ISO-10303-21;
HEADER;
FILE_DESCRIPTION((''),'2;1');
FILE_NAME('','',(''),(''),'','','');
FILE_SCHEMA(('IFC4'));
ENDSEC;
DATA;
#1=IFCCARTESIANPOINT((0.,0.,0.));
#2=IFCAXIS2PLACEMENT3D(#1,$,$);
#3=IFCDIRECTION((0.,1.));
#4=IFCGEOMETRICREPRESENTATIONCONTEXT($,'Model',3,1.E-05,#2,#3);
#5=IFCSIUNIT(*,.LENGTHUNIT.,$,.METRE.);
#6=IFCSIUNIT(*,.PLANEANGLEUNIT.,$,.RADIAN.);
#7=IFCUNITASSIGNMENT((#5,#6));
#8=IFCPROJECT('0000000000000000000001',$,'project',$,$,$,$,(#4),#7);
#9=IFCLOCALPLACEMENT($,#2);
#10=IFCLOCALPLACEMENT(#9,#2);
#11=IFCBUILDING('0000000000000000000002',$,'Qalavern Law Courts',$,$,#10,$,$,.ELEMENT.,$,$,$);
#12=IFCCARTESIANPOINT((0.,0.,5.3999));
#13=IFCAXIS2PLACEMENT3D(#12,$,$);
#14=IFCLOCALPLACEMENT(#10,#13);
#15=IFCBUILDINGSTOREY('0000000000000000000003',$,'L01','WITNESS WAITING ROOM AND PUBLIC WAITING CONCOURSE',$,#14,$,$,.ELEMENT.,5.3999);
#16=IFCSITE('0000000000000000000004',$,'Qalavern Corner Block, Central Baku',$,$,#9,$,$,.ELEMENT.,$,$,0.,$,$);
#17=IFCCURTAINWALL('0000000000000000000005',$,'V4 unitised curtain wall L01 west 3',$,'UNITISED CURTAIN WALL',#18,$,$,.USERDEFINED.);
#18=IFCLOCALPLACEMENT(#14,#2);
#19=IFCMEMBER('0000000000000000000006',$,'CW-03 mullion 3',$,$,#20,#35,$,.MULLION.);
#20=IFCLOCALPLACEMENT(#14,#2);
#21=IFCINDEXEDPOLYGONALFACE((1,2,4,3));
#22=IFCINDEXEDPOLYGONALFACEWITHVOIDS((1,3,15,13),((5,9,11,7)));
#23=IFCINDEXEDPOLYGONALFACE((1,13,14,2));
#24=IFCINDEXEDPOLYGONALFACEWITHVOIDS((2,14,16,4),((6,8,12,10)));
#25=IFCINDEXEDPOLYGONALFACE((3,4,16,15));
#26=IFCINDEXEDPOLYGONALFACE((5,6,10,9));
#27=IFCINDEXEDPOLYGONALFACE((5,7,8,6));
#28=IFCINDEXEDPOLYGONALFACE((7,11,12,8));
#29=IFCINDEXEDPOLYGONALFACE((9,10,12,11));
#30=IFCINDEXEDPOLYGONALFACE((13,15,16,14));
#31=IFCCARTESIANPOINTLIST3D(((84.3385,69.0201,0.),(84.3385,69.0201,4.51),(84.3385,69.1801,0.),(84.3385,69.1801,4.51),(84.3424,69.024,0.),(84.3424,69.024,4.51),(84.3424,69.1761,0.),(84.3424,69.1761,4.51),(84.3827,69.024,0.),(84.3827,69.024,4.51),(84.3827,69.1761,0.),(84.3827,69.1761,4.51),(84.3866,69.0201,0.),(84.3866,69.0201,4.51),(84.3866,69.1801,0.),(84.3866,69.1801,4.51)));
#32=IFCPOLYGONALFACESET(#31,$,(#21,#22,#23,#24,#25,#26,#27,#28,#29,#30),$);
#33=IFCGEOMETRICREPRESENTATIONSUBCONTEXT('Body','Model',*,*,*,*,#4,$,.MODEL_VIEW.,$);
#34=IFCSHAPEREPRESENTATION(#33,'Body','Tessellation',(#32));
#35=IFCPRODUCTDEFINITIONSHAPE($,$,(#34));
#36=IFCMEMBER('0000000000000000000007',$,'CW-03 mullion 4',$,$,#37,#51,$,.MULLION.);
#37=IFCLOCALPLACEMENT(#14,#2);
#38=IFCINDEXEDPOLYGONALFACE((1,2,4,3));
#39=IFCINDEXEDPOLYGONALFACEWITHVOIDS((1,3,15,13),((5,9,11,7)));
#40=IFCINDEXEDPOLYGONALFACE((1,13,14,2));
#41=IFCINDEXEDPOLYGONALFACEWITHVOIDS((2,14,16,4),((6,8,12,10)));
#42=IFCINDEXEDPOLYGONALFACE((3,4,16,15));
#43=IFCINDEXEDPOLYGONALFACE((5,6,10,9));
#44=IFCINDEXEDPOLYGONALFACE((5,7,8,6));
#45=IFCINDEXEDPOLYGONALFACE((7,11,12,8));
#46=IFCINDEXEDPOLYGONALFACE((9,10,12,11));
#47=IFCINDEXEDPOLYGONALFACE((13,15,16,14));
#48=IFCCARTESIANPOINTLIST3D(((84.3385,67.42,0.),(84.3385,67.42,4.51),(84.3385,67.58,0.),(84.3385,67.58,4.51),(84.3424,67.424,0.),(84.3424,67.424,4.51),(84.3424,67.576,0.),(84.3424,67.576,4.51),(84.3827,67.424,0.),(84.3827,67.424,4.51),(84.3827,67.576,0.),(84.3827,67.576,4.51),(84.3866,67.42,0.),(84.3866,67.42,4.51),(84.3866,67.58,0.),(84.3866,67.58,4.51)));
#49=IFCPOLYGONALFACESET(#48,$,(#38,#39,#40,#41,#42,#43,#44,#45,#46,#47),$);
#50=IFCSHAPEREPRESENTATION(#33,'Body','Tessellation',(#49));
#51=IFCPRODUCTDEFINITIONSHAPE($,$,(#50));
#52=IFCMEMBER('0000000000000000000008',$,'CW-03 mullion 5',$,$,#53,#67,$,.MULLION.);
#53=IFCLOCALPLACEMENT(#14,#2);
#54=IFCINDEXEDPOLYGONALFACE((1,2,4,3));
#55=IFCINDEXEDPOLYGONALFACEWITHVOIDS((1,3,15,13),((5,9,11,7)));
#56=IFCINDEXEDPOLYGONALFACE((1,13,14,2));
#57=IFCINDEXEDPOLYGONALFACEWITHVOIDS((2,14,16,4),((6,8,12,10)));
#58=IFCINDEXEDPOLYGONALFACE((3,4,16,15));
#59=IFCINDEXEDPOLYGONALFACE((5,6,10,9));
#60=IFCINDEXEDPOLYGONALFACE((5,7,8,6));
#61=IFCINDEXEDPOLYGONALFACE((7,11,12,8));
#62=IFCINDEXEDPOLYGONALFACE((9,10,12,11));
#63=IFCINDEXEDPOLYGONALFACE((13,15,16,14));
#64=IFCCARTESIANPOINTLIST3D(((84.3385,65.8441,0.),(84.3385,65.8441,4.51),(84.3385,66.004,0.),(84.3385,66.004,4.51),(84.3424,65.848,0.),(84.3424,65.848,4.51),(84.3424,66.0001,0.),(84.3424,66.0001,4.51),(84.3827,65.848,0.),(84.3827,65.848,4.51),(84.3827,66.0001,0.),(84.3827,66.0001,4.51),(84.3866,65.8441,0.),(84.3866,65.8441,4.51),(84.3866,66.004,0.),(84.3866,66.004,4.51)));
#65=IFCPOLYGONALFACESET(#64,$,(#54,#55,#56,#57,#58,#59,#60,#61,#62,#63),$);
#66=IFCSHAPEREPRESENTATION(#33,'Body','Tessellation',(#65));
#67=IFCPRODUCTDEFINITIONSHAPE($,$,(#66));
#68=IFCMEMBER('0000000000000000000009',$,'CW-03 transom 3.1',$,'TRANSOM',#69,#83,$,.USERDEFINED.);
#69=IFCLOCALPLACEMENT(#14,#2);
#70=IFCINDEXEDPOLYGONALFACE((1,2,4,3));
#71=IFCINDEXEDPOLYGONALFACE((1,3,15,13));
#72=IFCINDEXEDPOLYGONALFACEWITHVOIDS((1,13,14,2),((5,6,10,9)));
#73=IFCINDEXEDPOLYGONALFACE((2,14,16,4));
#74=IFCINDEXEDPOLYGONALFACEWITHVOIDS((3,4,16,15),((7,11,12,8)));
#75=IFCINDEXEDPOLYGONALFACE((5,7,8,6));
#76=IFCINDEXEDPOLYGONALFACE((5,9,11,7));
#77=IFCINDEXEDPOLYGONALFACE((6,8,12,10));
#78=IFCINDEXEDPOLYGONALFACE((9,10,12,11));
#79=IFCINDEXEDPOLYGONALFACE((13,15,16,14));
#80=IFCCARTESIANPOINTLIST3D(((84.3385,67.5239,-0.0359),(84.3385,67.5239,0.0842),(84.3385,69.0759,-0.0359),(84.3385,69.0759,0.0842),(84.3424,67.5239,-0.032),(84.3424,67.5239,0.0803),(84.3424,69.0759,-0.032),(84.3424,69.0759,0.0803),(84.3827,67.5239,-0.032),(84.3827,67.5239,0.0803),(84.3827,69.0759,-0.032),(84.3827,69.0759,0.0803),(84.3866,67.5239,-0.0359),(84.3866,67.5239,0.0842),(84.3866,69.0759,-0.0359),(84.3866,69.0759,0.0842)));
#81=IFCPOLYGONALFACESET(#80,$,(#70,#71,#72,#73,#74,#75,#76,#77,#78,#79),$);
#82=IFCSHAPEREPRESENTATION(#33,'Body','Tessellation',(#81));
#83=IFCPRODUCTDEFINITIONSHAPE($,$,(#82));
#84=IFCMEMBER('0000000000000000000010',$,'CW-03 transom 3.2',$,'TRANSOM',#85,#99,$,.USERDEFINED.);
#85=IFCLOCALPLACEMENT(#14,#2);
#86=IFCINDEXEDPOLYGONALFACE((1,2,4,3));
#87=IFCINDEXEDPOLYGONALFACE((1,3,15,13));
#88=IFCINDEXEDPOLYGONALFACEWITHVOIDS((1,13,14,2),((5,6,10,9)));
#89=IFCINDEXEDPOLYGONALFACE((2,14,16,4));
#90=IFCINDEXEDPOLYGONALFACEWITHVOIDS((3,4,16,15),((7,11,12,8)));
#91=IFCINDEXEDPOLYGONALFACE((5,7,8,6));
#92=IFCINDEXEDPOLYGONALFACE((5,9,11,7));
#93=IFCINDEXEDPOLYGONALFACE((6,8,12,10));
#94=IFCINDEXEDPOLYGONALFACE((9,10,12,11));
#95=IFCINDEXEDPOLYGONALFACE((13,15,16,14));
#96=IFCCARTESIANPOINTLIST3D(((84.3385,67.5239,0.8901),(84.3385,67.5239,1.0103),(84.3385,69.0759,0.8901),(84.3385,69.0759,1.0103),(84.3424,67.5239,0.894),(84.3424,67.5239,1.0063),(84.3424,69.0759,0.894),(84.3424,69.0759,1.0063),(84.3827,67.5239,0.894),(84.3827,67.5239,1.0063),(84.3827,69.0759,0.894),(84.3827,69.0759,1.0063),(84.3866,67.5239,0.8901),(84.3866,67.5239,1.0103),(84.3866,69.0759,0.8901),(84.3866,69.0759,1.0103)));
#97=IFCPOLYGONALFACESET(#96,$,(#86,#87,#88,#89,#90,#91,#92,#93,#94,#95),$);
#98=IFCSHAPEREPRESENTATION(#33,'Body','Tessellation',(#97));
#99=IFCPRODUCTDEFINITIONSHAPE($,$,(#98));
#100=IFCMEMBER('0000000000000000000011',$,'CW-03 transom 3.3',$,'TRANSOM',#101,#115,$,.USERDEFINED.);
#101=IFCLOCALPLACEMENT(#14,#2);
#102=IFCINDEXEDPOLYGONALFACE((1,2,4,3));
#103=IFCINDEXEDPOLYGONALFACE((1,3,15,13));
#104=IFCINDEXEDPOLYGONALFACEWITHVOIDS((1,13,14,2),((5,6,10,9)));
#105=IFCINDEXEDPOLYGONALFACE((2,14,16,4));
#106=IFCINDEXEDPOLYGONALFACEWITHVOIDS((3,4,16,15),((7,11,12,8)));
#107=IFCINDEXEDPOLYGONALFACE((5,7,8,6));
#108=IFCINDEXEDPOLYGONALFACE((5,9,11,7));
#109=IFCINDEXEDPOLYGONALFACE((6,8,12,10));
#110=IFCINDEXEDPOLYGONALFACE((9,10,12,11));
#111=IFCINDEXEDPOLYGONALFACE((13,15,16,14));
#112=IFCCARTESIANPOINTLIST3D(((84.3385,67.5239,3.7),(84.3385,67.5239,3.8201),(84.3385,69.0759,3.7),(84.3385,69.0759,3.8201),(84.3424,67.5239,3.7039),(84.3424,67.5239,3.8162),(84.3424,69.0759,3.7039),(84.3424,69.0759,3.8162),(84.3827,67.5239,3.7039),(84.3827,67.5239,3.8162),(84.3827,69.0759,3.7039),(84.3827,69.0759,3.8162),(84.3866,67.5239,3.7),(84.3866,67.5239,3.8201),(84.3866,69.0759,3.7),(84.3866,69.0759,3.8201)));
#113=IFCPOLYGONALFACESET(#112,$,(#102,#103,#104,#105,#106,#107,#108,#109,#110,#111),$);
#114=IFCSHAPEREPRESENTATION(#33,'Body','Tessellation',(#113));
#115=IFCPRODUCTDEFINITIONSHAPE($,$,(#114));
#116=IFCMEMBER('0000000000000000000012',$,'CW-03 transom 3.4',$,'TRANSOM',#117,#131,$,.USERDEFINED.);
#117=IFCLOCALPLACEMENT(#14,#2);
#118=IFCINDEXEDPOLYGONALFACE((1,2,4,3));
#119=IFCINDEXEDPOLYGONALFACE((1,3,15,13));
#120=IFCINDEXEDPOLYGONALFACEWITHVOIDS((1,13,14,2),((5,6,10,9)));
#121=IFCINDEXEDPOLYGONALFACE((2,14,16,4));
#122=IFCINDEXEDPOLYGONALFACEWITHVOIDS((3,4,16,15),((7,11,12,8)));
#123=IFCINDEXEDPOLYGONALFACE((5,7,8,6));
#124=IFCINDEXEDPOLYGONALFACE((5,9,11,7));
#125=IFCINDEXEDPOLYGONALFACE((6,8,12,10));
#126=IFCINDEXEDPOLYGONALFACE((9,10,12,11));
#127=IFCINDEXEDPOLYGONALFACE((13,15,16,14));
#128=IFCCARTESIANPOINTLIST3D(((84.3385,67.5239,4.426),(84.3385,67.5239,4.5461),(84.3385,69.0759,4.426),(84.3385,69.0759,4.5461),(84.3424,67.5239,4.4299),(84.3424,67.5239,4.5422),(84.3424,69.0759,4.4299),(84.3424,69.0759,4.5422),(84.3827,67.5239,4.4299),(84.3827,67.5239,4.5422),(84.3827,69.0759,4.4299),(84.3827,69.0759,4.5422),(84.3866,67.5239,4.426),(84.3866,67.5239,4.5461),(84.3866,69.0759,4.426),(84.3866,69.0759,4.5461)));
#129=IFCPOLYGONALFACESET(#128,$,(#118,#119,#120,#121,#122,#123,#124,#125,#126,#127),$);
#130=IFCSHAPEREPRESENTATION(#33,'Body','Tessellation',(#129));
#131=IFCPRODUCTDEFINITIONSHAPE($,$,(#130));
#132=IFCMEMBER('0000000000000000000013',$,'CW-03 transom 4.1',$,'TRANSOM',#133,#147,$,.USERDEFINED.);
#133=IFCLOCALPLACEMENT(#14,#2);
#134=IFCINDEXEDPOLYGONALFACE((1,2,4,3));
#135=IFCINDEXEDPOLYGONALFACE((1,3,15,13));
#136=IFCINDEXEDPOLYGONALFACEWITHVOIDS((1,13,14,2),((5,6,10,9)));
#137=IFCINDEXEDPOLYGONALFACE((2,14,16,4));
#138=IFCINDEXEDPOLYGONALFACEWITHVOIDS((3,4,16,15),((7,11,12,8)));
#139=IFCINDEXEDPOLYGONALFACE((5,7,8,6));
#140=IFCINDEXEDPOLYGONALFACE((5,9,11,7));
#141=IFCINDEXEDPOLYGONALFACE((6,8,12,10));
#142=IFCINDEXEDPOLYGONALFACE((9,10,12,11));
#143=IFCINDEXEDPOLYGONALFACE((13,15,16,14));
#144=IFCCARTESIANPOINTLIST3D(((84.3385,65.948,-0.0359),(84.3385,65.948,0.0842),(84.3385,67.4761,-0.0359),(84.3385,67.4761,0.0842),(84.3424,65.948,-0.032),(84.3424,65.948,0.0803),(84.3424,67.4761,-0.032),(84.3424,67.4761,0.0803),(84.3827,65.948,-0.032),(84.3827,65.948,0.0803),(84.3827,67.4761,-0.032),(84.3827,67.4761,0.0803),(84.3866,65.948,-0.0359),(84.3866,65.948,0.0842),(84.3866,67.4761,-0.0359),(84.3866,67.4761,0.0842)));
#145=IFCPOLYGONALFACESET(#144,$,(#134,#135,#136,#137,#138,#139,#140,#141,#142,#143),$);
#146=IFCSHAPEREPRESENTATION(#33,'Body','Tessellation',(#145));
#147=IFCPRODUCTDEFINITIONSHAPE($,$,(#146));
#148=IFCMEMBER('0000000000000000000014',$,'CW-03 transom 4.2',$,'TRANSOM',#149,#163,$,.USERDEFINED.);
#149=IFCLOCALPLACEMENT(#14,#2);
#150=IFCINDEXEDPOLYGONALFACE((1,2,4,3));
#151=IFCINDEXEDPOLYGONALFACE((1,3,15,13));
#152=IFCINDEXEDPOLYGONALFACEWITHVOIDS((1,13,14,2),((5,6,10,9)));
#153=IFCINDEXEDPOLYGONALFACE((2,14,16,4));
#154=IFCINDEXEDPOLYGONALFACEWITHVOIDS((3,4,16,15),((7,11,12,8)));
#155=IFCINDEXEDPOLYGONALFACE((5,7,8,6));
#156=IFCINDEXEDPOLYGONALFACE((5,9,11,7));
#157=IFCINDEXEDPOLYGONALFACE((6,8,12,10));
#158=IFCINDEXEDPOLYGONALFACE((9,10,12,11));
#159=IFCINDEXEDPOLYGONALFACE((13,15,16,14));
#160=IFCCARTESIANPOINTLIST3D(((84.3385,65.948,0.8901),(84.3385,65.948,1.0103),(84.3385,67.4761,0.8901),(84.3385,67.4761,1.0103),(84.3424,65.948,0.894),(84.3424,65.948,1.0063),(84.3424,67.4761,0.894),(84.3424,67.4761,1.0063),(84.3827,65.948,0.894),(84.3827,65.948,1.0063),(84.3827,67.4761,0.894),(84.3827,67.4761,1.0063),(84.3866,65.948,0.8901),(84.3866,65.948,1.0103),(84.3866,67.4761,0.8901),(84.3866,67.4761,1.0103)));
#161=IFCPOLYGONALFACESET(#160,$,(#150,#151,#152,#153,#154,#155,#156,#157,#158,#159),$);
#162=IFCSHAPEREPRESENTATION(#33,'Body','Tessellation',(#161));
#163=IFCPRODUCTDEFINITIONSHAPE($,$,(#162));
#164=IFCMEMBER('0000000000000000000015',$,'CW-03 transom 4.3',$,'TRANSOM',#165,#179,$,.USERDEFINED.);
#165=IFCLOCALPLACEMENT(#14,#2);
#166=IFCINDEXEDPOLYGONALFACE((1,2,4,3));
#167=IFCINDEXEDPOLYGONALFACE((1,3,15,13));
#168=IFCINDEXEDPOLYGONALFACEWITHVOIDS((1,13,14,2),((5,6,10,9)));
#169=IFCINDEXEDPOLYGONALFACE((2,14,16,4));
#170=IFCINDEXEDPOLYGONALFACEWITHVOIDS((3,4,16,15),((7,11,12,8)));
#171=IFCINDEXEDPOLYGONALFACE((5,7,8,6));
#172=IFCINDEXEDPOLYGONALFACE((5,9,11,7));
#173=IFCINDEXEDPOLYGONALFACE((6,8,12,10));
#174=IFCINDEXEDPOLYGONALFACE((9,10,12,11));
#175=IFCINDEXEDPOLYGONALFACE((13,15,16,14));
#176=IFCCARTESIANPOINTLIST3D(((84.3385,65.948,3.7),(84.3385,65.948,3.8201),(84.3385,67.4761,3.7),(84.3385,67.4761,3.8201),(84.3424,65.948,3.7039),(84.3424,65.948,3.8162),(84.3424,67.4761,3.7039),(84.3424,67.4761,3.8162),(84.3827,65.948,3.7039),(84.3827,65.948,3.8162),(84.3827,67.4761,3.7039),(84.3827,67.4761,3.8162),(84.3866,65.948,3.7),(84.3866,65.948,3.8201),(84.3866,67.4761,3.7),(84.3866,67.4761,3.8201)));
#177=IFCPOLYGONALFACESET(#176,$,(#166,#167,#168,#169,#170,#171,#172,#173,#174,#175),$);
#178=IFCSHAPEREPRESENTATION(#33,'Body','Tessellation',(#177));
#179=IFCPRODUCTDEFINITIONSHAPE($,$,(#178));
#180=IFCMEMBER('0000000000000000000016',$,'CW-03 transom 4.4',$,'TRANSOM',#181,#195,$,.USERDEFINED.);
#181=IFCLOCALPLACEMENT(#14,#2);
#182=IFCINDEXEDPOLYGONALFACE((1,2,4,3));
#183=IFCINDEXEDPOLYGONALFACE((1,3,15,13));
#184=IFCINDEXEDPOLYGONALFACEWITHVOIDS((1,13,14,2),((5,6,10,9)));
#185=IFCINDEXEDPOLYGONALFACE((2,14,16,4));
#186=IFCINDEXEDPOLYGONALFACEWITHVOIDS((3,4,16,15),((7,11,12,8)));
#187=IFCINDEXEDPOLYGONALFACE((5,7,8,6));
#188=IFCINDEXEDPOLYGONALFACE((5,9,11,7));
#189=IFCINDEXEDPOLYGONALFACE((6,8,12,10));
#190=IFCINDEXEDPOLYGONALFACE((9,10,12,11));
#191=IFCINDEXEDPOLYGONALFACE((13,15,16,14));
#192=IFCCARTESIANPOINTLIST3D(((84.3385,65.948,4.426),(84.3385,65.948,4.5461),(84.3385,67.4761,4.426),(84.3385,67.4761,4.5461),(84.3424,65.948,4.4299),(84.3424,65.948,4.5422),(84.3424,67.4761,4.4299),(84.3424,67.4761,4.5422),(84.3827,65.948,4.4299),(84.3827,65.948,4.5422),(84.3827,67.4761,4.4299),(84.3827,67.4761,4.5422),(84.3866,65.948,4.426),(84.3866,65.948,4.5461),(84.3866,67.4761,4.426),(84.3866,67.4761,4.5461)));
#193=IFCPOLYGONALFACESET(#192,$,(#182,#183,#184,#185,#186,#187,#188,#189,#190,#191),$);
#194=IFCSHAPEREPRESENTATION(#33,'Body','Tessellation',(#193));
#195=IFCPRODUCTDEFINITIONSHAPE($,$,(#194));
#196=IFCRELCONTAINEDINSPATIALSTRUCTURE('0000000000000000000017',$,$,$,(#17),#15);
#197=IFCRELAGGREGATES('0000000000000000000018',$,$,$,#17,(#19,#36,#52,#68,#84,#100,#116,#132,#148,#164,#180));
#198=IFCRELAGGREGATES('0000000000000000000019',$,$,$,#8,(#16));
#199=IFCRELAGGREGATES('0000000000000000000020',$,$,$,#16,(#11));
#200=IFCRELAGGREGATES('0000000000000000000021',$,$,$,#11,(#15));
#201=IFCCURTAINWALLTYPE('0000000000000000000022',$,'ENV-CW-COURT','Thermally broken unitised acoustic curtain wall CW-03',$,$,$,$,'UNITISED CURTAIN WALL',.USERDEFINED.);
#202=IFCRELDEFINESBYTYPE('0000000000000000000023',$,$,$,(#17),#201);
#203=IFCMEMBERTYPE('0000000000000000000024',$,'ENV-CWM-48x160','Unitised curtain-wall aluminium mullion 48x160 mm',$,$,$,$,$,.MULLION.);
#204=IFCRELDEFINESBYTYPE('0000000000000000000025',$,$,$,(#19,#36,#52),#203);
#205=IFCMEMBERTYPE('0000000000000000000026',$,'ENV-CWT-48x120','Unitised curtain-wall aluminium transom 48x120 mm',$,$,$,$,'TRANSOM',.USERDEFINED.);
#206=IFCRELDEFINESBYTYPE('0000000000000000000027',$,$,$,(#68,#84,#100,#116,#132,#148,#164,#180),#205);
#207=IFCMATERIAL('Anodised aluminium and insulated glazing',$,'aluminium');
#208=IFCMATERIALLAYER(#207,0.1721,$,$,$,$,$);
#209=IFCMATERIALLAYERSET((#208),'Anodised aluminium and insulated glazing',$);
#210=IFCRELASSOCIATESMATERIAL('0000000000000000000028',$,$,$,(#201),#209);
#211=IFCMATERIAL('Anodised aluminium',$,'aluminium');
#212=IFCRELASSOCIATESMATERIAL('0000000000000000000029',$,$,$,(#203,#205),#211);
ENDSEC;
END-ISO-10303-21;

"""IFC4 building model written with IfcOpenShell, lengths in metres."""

from ifc_helpers import new_model, si_unit, direction, frame, origin, origin_2d, place, context, subcontext, project, spatial, hollow_rectangle, extrude, material, layer, layer_set, material_profile, profile_set, type_object, element, aggregate, save


model = new_model("IFC4")

# Units and contexts
model_context = context("Model", 3, precision=1e-05, world=origin(), true_north=direction((0.0, 1.0)))
body_context = subcontext(model_context, "Body", "Model", "MODEL_VIEW")
ifc_project = project(units=[si_unit("LENGTHUNIT", "METRE"), si_unit("PLANEANGLEUNIT", "RADIAN")], contexts=[model_context])

# Site, building, storey
site_placement = place(None, origin())
site = spatial("IfcSite", under=ifc_project, at=site_placement, Name="Qalavern Corner Block, Central Baku", CompositionType="ELEMENT", RefElevation=0.0)
building_placement = place(site_placement, origin())
building = spatial("IfcBuilding", under=site, at=building_placement, Name="Qalavern Law Courts", CompositionType="ELEMENT")
storey_placement = place(building_placement, frame((0.0, 0.0, 5.3999)))
storey = spatial("IfcBuildingStorey", under=building, at=storey_placement, Name="L01", Description="WITNESS WAITING ROOM AND PUBLIC WAITING CONCOURSE", CompositionType="ELEMENT", Elevation=5.3999)

# Curtain wall, members
ifc_material_1 = material(Name="Anodised aluminium and insulated glazing", Category="aluminium")
ifc_layer_1 = layer(ifc_material_1, 0.1721)
ifc_layer_set_1 = layer_set([ifc_layer_1], Name="Anodised aluminium and insulated glazing")
curtain_wall_type = type_object("IfcCurtainWallType", Name="ENV-CW-COURT", Description="Thermally broken unitised acoustic curtain wall CW-03", ElementType="UNITISED CURTAIN WALL", PredefinedType="USERDEFINED", material=ifc_layer_set_1)
curtain_wall_placement = place(storey_placement, origin())
curtain_wall = element("IfcCurtainWall", 1, at=curtain_wall_placement, inside=storey, type_object=curtain_wall_type, Name="V4 unitised curtain wall L01 west 3", ObjectType="UNITISED CURTAIN WALL", PredefinedType="USERDEFINED")
ifc_material_2 = material(Name="Anodised aluminium", Category="aluminium")
ifc_material_profile_1 = material_profile(ifc_material_2, hollow_rectangle(XDim=0.0481, YDim=0.1599, WallThickness=0.0039, at=origin_2d()), Name="ALU MULLION 48x160")
ifc_profile_set_1 = profile_set([ifc_material_profile_1], Name="Anodised aluminium")
member_type_1 = type_object("IfcMemberType", Name="ENV-CWM-48x160", Description="Unitised curtain-wall aluminium mullion 48x160 mm", PredefinedType="MULLION", material=ifc_profile_set_1)
member_1_placement = place(storey_placement, frame((84.3625, 69.1001, 0.0), z_axis=(0.0, 0.0, 1.0), x_axis=(1.0, 0.0, 0.0)))
member_1 = element("IfcMember", 2, at=member_1_placement, type_object=member_type_1, Name="CW-03 mullion 3", PredefinedType="MULLION", context=body_context, shape_type="SweptSolid", body=[
    extrude(hollow_rectangle(XDim=0.0481, YDim=0.1599, WallThickness=0.0039, at=origin_2d()), origin(), (0.0, 0.0, 1.0), 4.51),
])
member_2_placement = place(storey_placement, frame((84.3625, 67.5, 0.0), z_axis=(0.0, 0.0, 1.0), x_axis=(1.0, 0.0, 0.0)))
member_2 = element("IfcMember", 3, at=member_2_placement, type_object=member_type_1, Name="CW-03 mullion 4", PredefinedType="MULLION", context=body_context, shape_type="SweptSolid", body=[
    extrude(hollow_rectangle(XDim=0.0481, YDim=0.1599, WallThickness=0.0039, at=origin_2d()), origin(), (0.0, 0.0, 1.0), 4.51),
])
member_3_placement = place(storey_placement, frame((84.3625, 65.9241, 0.0), z_axis=(0.0, 0.0, 1.0), x_axis=(1.0, 0.0, 0.0)))
member_3 = element("IfcMember", 4, at=member_3_placement, type_object=member_type_1, Name="CW-03 mullion 5", PredefinedType="MULLION", context=body_context, shape_type="SweptSolid", body=[
    extrude(hollow_rectangle(XDim=0.0481, YDim=0.1599, WallThickness=0.0039, at=origin_2d()), origin(), (0.0, 0.0, 1.0), 4.51),
])
ifc_material_profile_2 = material_profile(ifc_material_2, hollow_rectangle(XDim=0.0481, YDim=0.1201, WallThickness=0.0039, at=origin_2d()), Name="ALU TRANSOM 48x120")
ifc_profile_set_2 = profile_set([ifc_material_profile_2], Name="Anodised aluminium")
member_type_2 = type_object("IfcMemberType", Name="ENV-CWT-48x120", Description="Unitised curtain-wall aluminium transom 48x120 mm", ElementType="TRANSOM", PredefinedType="USERDEFINED", material=ifc_profile_set_2)
member_4_placement = place(storey_placement, frame((84.3625, 69.0759, 0.0242), z_axis=(0.0, -1.0, 0.0), x_axis=(1.0, 0.0, 0.0)))
member_4 = element("IfcMember", 5, at=member_4_placement, type_object=member_type_2, Name="CW-03 transom 3.1", ObjectType="TRANSOM", PredefinedType="USERDEFINED", context=body_context, shape_type="SweptSolid", body=[
    extrude(hollow_rectangle(XDim=0.0481, YDim=0.1201, WallThickness=0.0039, at=origin_2d()), origin(), (0.0, 0.0, 1.0), 1.552),
])
member_5_placement = place(storey_placement, frame((84.3625, 69.0759, 0.9502), z_axis=(0.0, -1.0, 0.0), x_axis=(1.0, 0.0, 0.0)))
member_5 = element("IfcMember", 6, at=member_5_placement, type_object=member_type_2, Name="CW-03 transom 3.2", ObjectType="TRANSOM", PredefinedType="USERDEFINED", context=body_context, shape_type="SweptSolid", body=[
    extrude(hollow_rectangle(XDim=0.0481, YDim=0.1201, WallThickness=0.0039, at=origin_2d()), origin(), (0.0, 0.0, 1.0), 1.552),
])
member_6_placement = place(storey_placement, frame((84.3625, 69.0759, 3.76), z_axis=(0.0, -1.0, 0.0), x_axis=(1.0, 0.0, 0.0)))
member_6 = element("IfcMember", 7, at=member_6_placement, type_object=member_type_2, Name="CW-03 transom 3.3", ObjectType="TRANSOM", PredefinedType="USERDEFINED", context=body_context, shape_type="SweptSolid", body=[
    extrude(hollow_rectangle(XDim=0.0481, YDim=0.1201, WallThickness=0.0039, at=origin_2d()), origin(), (0.0, 0.0, 1.0), 1.552),
])
member_7_placement = place(storey_placement, frame((84.3625, 69.0759, 4.4861), z_axis=(0.0, -1.0, 0.0), x_axis=(1.0, 0.0, 0.0)))
member_7 = element("IfcMember", 8, at=member_7_placement, type_object=member_type_2, Name="CW-03 transom 3.4", ObjectType="TRANSOM", PredefinedType="USERDEFINED", context=body_context, shape_type="SweptSolid", body=[
    extrude(hollow_rectangle(XDim=0.0481, YDim=0.1201, WallThickness=0.0039, at=origin_2d()), origin(), (0.0, 0.0, 1.0), 1.552),
])
member_8_placement = place(storey_placement, frame((84.3625, 67.4761, 0.0242), z_axis=(0.0, -1.0, 0.0), x_axis=(1.0, 0.0, 0.0)))
member_8 = element("IfcMember", 9, at=member_8_placement, type_object=member_type_2, Name="CW-03 transom 4.1", ObjectType="TRANSOM", PredefinedType="USERDEFINED", context=body_context, shape_type="SweptSolid", body=[
    extrude(hollow_rectangle(XDim=0.0481, YDim=0.1201, WallThickness=0.0039, at=origin_2d()), origin(), (0.0, 0.0, 1.0), 1.5281),
])
member_9_placement = place(storey_placement, frame((84.3625, 67.4761, 0.9502), z_axis=(0.0, -1.0, 0.0), x_axis=(1.0, 0.0, 0.0)))
member_9 = element("IfcMember", 10, at=member_9_placement, type_object=member_type_2, Name="CW-03 transom 4.2", ObjectType="TRANSOM", PredefinedType="USERDEFINED", context=body_context, shape_type="SweptSolid", body=[
    extrude(hollow_rectangle(XDim=0.0481, YDim=0.1201, WallThickness=0.0039, at=origin_2d()), origin(), (0.0, 0.0, 1.0), 1.5281),
])
member_10_placement = place(storey_placement, frame((84.3625, 67.4761, 3.76), z_axis=(0.0, -1.0, 0.0), x_axis=(1.0, 0.0, 0.0)))
member_10 = element("IfcMember", 11, at=member_10_placement, type_object=member_type_2, Name="CW-03 transom 4.3", ObjectType="TRANSOM", PredefinedType="USERDEFINED", context=body_context, shape_type="SweptSolid", body=[
    extrude(hollow_rectangle(XDim=0.0481, YDim=0.1201, WallThickness=0.0039, at=origin_2d()), origin(), (0.0, 0.0, 1.0), 1.5281),
])
member_11_placement = place(storey_placement, frame((84.3625, 67.4761, 4.4861), z_axis=(0.0, -1.0, 0.0), x_axis=(1.0, 0.0, 0.0)))
member_11 = element("IfcMember", 12, at=member_11_placement, type_object=member_type_2, Name="CW-03 transom 4.4", ObjectType="TRANSOM", PredefinedType="USERDEFINED", context=body_context, shape_type="SweptSolid", body=[
    extrude(hollow_rectangle(XDim=0.0481, YDim=0.1201, WallThickness=0.0039, at=origin_2d()), origin(), (0.0, 0.0, 1.0), 1.5281),
])

aggregate(curtain_wall, [member_1, member_2, member_3, member_4, member_5, member_6, member_7, member_8, member_9, member_10, member_11])

save(model, "model.ifc")
